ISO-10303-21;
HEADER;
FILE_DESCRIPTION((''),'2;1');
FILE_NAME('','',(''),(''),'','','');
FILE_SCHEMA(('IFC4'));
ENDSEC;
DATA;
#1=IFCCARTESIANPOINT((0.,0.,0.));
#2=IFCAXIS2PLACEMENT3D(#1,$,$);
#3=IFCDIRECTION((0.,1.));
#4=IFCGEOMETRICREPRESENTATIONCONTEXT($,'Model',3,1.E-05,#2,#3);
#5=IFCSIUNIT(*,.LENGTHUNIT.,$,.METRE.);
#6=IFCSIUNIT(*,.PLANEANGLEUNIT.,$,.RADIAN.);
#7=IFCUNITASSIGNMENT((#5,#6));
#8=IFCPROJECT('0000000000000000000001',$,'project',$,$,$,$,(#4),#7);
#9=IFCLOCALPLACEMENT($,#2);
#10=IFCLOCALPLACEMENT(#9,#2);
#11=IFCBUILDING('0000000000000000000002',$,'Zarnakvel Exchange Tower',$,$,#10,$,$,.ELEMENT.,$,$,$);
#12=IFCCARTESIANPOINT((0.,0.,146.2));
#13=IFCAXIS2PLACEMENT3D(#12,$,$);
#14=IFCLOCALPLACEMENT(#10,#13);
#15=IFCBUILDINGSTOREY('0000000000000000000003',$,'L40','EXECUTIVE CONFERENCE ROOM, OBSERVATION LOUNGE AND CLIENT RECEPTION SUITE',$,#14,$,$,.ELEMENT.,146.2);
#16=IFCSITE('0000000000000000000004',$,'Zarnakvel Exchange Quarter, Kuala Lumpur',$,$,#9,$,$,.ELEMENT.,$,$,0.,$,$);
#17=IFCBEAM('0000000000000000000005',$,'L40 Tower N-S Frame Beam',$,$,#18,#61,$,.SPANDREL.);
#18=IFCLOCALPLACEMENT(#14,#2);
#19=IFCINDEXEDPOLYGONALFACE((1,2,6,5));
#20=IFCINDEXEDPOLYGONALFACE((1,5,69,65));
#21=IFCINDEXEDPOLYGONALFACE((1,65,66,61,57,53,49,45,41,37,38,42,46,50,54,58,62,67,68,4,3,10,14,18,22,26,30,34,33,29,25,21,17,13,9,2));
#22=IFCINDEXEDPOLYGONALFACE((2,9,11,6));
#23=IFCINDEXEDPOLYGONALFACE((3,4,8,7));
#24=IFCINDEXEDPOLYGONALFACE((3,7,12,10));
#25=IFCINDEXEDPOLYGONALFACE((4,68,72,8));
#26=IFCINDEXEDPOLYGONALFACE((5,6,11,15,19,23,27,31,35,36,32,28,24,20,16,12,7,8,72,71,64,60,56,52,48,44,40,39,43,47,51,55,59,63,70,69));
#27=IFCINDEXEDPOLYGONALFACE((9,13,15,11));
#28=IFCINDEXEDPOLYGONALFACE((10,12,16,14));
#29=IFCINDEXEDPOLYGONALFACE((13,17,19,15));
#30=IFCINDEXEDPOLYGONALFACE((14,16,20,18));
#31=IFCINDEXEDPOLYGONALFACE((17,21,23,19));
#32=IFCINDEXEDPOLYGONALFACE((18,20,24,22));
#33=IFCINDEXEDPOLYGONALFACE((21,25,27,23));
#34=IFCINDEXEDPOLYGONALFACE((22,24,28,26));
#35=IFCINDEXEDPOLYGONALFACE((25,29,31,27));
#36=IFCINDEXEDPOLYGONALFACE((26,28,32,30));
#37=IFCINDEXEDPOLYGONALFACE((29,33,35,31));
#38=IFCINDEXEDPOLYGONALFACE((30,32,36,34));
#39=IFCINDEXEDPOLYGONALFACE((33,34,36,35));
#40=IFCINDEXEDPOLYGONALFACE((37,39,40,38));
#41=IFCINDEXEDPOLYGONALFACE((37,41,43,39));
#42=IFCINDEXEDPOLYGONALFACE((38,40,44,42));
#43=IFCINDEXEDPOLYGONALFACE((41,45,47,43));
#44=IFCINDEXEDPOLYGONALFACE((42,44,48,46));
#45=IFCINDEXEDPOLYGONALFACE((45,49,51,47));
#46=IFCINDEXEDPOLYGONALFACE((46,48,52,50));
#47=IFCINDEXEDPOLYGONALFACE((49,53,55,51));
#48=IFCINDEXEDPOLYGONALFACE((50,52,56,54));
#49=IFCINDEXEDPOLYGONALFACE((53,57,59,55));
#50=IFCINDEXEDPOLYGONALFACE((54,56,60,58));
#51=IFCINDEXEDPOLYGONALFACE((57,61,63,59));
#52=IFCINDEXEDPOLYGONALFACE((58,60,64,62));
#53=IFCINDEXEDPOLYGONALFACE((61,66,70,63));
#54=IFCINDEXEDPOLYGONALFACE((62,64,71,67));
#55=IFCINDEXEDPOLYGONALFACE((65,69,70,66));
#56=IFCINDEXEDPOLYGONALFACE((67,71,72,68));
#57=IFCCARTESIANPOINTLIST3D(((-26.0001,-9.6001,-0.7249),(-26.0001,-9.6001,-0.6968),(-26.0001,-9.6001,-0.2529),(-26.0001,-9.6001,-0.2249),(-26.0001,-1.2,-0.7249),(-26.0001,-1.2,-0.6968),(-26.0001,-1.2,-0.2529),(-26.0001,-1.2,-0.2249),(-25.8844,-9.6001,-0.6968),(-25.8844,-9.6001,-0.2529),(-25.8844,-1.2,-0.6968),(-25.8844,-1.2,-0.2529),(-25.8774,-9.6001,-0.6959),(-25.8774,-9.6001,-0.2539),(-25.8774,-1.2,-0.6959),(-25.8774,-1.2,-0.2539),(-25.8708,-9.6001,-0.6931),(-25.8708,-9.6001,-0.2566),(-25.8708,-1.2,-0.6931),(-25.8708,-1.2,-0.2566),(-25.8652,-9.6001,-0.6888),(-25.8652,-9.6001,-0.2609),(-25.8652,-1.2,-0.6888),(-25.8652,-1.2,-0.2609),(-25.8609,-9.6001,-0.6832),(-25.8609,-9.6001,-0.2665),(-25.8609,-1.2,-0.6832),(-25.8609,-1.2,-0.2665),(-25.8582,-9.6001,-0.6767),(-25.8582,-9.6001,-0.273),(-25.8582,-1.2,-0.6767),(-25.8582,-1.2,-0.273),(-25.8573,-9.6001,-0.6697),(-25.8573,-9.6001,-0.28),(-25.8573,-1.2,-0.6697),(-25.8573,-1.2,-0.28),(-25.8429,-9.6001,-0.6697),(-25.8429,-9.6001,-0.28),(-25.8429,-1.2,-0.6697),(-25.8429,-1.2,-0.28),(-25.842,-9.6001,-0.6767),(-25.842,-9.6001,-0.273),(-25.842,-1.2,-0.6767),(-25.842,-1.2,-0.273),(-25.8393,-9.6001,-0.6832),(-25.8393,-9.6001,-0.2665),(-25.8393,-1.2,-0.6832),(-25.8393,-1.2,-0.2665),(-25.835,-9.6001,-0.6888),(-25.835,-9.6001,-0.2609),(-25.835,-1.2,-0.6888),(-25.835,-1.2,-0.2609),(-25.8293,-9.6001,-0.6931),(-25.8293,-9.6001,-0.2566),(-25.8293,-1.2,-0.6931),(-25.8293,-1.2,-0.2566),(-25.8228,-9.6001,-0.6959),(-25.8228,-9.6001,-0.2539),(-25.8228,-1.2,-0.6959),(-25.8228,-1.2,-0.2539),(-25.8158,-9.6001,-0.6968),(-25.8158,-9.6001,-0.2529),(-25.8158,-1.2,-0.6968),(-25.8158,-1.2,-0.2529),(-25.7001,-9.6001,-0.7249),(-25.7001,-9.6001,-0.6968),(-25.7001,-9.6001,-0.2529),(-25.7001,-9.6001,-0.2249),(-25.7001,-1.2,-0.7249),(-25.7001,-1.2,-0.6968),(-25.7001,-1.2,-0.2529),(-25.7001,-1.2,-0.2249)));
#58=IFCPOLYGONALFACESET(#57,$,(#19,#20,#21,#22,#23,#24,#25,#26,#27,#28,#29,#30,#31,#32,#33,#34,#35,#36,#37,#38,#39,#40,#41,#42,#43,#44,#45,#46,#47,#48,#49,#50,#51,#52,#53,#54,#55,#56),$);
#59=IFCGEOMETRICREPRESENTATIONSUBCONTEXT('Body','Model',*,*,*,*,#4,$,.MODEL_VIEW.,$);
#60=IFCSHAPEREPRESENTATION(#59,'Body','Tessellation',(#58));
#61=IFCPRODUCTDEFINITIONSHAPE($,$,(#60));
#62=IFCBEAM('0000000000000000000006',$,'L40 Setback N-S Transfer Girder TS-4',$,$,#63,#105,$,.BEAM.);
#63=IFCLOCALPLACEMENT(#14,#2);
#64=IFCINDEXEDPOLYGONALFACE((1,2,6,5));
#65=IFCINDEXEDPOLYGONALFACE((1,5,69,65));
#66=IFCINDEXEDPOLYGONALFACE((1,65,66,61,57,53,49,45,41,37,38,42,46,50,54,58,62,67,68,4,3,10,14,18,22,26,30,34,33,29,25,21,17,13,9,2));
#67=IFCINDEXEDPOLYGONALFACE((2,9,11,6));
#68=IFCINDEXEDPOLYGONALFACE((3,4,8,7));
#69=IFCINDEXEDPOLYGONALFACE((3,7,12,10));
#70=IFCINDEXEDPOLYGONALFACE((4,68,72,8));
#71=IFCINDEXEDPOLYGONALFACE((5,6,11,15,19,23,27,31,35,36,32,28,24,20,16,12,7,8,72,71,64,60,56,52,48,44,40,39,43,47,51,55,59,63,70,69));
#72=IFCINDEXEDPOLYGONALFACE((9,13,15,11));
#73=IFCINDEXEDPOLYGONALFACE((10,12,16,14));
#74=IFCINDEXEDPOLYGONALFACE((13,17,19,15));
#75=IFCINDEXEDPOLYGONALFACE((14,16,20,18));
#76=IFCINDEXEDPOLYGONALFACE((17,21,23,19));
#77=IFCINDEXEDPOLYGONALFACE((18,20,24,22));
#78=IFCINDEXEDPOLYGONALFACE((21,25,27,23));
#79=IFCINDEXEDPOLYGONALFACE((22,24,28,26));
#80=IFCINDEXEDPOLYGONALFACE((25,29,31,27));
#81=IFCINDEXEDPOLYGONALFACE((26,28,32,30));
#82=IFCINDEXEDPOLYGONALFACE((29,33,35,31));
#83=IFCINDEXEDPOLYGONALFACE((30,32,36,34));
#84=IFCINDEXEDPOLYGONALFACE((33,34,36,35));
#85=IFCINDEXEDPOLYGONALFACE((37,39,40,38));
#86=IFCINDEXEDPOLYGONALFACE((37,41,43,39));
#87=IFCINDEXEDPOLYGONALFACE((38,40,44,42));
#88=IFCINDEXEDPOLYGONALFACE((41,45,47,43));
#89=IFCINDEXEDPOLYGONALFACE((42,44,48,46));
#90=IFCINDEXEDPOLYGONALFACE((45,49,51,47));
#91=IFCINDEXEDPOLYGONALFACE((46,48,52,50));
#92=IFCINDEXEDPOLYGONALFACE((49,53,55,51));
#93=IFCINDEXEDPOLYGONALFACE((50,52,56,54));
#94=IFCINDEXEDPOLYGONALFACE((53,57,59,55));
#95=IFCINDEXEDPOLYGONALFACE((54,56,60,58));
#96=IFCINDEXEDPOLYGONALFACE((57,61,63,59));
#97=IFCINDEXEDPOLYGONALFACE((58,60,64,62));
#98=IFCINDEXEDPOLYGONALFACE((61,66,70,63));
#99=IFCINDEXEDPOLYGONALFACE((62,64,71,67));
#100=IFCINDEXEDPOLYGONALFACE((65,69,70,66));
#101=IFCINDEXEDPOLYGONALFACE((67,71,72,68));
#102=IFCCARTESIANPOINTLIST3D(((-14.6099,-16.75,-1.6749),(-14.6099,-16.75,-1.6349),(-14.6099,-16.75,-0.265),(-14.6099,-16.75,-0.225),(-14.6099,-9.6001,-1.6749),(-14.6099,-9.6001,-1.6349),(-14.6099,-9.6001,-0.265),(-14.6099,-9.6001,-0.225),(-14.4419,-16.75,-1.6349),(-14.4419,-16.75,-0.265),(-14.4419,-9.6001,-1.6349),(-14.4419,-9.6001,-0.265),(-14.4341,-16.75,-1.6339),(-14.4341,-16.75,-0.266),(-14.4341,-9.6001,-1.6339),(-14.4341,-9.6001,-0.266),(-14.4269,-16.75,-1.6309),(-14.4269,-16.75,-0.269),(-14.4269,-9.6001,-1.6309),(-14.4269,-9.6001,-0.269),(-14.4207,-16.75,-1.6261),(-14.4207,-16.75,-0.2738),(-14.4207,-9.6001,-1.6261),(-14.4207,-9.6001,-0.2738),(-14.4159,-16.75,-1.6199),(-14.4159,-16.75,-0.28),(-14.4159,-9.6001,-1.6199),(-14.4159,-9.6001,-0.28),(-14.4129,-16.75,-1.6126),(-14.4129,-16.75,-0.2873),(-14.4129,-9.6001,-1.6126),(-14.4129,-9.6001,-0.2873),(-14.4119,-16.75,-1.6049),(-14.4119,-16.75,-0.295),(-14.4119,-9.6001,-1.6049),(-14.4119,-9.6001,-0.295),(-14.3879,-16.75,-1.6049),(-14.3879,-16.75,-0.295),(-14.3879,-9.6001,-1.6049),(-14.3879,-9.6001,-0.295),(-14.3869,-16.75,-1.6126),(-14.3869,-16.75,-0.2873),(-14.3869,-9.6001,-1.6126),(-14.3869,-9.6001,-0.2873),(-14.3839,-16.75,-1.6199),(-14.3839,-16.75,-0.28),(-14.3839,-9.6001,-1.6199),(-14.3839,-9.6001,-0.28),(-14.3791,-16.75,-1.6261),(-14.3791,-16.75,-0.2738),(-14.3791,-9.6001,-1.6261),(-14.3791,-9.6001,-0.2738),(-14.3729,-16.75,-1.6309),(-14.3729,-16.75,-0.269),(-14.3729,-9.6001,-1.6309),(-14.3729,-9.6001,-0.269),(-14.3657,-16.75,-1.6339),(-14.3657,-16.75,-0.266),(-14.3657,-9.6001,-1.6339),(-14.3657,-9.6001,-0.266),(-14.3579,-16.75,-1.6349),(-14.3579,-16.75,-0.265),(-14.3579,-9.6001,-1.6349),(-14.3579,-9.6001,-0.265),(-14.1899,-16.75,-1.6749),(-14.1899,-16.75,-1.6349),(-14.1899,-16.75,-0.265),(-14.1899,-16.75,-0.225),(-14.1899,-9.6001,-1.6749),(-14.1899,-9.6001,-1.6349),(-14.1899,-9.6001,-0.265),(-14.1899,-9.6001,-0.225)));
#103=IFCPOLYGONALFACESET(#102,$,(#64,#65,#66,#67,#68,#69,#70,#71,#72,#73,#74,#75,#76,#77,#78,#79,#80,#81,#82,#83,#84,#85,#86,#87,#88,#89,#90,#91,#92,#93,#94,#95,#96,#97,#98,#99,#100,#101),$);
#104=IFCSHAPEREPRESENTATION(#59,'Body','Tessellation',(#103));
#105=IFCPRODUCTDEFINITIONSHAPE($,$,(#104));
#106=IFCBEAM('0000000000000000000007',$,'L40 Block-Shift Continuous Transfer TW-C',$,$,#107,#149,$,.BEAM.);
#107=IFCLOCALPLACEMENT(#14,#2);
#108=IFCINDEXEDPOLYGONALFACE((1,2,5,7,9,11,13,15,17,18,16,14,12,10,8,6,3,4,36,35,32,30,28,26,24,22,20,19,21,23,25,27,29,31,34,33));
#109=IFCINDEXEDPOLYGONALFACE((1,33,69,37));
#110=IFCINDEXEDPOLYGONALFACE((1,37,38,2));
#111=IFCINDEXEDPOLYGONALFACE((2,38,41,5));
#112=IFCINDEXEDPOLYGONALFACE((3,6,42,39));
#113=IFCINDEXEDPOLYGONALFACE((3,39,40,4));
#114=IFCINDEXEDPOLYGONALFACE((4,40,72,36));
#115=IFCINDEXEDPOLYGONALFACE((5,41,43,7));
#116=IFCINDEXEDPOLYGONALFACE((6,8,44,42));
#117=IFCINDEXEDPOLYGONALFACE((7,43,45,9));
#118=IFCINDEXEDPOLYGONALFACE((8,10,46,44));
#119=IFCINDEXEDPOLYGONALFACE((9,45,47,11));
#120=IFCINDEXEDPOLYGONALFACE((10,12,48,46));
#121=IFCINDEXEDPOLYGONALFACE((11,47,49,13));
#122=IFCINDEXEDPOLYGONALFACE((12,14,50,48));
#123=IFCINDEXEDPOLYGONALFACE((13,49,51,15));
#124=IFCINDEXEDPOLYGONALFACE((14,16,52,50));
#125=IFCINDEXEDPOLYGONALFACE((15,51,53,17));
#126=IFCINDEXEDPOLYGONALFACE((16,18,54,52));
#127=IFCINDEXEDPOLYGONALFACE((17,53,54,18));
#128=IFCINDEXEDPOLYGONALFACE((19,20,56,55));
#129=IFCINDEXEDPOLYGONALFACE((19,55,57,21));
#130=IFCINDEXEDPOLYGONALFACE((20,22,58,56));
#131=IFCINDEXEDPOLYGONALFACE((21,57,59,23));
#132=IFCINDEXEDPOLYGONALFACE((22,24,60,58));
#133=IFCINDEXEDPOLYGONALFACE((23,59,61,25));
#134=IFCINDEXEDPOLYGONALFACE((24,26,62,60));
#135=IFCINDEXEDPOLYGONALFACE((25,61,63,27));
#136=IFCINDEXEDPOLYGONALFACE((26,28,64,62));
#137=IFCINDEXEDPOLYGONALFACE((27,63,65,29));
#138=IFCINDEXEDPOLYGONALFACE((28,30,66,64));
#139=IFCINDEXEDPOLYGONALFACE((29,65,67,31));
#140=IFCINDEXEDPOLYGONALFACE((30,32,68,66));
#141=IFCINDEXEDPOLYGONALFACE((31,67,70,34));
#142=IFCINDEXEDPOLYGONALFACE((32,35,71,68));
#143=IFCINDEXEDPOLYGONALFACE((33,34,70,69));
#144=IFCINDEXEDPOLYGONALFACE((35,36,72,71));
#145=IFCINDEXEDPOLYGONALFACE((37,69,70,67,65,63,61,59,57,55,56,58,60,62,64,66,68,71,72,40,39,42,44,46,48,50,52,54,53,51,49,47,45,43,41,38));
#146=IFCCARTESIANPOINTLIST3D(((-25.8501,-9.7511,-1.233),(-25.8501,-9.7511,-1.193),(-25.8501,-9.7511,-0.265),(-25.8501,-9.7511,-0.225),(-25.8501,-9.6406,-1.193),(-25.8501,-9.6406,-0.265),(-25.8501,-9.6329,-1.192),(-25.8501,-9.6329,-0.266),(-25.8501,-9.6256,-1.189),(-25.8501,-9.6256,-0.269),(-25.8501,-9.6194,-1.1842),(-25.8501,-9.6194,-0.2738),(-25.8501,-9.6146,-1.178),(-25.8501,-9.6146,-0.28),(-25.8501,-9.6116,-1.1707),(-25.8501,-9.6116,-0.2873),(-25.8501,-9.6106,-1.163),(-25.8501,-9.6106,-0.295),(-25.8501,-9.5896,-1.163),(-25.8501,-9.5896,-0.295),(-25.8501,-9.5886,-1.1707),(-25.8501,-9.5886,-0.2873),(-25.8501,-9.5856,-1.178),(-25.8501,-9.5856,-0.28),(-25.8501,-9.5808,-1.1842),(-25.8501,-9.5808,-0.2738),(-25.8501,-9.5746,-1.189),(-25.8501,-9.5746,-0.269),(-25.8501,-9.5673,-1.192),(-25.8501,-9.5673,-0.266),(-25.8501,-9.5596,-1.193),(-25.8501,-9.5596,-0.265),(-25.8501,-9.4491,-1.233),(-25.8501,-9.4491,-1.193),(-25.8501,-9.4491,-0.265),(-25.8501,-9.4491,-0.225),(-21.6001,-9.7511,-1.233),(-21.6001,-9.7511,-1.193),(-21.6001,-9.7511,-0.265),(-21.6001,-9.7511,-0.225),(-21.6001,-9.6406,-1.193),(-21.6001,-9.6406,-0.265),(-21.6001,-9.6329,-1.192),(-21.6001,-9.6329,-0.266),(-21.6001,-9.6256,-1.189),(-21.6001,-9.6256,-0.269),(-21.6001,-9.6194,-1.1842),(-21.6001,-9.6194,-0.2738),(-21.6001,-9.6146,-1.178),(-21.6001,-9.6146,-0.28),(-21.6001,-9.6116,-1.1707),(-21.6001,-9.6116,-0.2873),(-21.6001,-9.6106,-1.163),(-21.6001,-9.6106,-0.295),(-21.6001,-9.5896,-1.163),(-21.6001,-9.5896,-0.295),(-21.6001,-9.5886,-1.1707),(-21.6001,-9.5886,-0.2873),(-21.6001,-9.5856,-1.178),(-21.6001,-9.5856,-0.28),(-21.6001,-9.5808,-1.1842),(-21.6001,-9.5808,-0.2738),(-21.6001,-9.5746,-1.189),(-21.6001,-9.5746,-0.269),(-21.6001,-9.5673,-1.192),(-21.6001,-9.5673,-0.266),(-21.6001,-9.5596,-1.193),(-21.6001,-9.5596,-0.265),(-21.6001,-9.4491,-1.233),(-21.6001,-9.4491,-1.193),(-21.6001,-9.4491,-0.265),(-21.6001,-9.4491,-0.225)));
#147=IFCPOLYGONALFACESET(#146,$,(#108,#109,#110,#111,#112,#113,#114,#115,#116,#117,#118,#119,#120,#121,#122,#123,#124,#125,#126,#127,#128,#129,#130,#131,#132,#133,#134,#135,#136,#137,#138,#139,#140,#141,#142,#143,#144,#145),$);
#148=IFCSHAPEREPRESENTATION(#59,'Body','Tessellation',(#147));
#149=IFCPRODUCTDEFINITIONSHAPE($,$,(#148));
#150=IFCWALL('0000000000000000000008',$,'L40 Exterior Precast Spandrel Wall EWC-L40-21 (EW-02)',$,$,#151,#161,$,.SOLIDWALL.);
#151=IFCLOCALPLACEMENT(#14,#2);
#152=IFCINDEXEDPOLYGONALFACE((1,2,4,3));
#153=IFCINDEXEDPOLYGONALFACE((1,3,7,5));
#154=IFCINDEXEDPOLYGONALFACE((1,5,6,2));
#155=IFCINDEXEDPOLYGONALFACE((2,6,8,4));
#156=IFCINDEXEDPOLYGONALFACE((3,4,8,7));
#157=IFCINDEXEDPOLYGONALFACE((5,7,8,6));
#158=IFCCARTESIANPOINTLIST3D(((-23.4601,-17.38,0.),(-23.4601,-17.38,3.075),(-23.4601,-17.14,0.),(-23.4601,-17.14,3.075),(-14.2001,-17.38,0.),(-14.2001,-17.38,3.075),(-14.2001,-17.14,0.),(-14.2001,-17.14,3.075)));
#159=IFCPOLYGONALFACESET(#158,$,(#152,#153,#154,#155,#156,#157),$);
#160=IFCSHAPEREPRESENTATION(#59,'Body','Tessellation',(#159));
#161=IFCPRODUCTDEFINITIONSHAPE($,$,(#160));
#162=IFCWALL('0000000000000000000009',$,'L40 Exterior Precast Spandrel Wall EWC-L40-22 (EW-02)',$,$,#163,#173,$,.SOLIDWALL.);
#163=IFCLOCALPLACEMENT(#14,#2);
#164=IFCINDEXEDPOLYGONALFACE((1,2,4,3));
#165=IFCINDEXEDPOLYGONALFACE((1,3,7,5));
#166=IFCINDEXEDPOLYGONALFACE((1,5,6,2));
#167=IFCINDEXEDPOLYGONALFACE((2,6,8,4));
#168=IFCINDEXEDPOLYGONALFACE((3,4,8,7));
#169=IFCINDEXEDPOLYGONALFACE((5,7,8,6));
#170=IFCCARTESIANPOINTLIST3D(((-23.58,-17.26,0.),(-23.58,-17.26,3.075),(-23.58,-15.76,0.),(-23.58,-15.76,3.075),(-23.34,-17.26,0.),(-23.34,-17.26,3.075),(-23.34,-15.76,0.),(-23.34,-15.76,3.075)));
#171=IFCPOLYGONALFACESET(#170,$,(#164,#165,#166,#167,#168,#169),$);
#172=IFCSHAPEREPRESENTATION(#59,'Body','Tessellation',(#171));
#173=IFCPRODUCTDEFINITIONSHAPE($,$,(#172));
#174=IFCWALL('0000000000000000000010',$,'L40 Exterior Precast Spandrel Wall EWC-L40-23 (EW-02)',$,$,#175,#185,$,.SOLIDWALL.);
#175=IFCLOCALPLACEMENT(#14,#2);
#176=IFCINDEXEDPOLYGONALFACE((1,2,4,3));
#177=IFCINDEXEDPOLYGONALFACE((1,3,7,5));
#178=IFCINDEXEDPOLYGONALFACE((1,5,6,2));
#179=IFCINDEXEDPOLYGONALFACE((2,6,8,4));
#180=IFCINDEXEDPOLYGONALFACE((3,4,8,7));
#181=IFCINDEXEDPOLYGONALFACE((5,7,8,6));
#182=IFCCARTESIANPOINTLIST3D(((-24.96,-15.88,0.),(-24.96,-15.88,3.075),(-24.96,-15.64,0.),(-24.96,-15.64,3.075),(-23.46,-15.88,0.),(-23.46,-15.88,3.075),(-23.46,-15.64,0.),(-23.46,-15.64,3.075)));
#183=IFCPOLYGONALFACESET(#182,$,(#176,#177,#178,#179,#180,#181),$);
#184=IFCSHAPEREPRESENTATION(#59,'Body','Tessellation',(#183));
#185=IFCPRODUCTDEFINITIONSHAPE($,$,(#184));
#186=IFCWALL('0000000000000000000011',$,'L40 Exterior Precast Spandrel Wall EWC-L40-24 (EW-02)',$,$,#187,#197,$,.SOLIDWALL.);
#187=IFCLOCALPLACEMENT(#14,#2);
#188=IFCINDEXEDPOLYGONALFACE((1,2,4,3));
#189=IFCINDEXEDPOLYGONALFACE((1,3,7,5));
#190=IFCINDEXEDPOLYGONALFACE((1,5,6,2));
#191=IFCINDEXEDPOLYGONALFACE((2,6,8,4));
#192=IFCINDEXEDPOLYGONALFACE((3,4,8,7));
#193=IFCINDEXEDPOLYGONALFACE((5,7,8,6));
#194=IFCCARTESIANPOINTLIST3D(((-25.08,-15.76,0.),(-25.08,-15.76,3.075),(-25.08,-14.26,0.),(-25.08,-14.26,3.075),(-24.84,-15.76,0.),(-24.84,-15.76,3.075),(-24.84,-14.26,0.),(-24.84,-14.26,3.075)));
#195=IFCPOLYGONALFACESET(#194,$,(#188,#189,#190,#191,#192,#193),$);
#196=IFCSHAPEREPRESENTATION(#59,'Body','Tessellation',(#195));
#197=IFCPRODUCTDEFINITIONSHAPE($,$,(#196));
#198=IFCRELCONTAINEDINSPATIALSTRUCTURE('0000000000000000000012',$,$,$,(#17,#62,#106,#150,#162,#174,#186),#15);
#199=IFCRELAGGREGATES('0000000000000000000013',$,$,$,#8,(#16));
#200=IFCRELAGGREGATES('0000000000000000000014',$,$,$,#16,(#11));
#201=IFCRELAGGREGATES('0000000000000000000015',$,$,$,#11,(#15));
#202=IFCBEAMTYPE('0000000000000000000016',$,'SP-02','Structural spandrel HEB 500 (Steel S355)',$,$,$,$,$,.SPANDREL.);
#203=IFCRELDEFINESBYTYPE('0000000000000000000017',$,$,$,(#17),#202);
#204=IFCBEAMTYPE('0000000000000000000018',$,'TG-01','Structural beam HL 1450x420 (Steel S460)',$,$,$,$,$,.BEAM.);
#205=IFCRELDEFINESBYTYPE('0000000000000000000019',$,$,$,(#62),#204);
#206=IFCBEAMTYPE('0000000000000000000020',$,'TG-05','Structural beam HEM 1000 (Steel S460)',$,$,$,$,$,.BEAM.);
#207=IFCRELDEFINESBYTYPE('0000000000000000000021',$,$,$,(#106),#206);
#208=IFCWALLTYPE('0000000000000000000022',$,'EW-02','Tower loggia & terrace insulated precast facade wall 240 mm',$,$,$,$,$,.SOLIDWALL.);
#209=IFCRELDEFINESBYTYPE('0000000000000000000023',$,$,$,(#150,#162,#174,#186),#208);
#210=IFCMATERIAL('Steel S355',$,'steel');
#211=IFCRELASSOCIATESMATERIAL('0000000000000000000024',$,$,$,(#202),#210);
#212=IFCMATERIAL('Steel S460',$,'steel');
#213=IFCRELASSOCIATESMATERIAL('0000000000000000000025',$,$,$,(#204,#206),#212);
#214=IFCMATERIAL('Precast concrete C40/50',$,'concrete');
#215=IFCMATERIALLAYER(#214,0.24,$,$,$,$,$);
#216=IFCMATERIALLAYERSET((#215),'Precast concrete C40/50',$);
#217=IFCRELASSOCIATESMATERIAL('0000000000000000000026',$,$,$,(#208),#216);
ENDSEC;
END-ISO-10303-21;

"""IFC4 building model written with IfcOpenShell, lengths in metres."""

from ifc_helpers import new_model, si_unit, direction, frame, frame_2d, origin, origin_2d, place, context, subcontext, project, spatial, rectangle, i_section, extrude, material, layer, layer_set, material_profile, profile_set, type_object, element, save


model = new_model("IFC4")

# Units and contexts
model_context = context("Model", 3, precision=1e-05, world=origin(), true_north=direction((0.0, 1.0)))
body_context = subcontext(model_context, "Body", "Model", "MODEL_VIEW")
ifc_project = project(units=[si_unit("LENGTHUNIT", "METRE"), si_unit("PLANEANGLEUNIT", "RADIAN")], contexts=[model_context])

# Site, building, storey
site_placement = place(None, origin())
site = spatial("IfcSite", under=ifc_project, at=site_placement, Name="Zarnakvel Exchange Quarter, Kuala Lumpur", CompositionType="ELEMENT", RefElevation=0.0)
building_placement = place(site_placement, origin())
building = spatial("IfcBuilding", under=site, at=building_placement, Name="Zarnakvel Exchange Tower", CompositionType="ELEMENT")
storey_placement = place(building_placement, frame((0.0, 0.0, 146.2)))
storey = spatial("IfcBuildingStorey", under=building, at=storey_placement, Name="L40", Description="EXECUTIVE CONFERENCE ROOM, OBSERVATION LOUNGE AND CLIENT RECEPTION SUITE", CompositionType="ELEMENT", Elevation=146.2)

# Shared definitions
ifc_material_1 = material(Name="Steel S355", Category="steel")

# Beams
ifc_material_profile_1 = material_profile(ifc_material_1, i_section(OverallWidth=0.3, OverallDepth=0.5, WebThickness=0.0144, FlangeThickness=0.0281, FilletRadius=0.0271, at=origin_2d()))
ifc_profile_set_1 = profile_set([ifc_material_profile_1], Name="Steel S355")
beam_type_1 = type_object("IfcBeamType", Name="SP-02", Description="Structural spandrel HEB 500 (Steel S355)", PredefinedType="SPANDREL", material=ifc_profile_set_1)
beam_1_placement = place(storey_placement, frame((-25.8501, -9.6001, -0.4749), z_axis=(0.0, 1.0, 0.0), x_axis=(-1.0, 0.0, 0.0)))
element("IfcBeam", 1, at=beam_1_placement, inside=storey, type_object=beam_type_1, Name="L40 Tower N-S Frame Beam", PredefinedType="SPANDREL", context=body_context, shape_type="SweptSolid", body=[
    extrude(i_section(OverallWidth=0.3, OverallDepth=0.5, WebThickness=0.0144, FlangeThickness=0.0281, FilletRadius=0.0271, at=origin_2d()), origin(), (0.0, 0.0, 1.0), 8.4001),
])
ifc_material_2 = material(Name="Steel S460", Category="steel")
ifc_material_profile_2 = material_profile(ifc_material_2, i_section(OverallWidth=0.4199, OverallDepth=1.45, WebThickness=0.0239, FlangeThickness=0.04, FilletRadius=0.03, at=origin_2d()))
ifc_profile_set_2 = profile_set([ifc_material_profile_2], Name="Steel S460")
beam_type_2 = type_object("IfcBeamType", Name="TG-01", Description="Structural beam HL 1450x420 (Steel S460)", PredefinedType="BEAM", material=ifc_profile_set_2)
beam_2_placement = place(storey_placement, frame((-14.3999, -16.75, -0.95), z_axis=(0.0, 1.0, 0.0), x_axis=(-1.0, 0.0, 0.0)))
element("IfcBeam", 2, at=beam_2_placement, inside=storey, type_object=beam_type_2, Name="L40 Setback N-S Transfer Girder TS-4", PredefinedType="BEAM", context=body_context, shape_type="SweptSolid", body=[
    extrude(i_section(OverallWidth=0.4199, OverallDepth=1.45, WebThickness=0.0239, FlangeThickness=0.04, FilletRadius=0.03, at=origin_2d()), origin(), (0.0, 0.0, 1.0), 7.1499),
])
ifc_material_profile_3 = material_profile(ifc_material_2, i_section(OverallWidth=0.302, OverallDepth=1.0081, WebThickness=0.021, FlangeThickness=0.04, FilletRadius=0.03, at=origin_2d()))
ifc_profile_set_3 = profile_set([ifc_material_profile_3], Name="Steel S460")
beam_type_3 = type_object("IfcBeamType", Name="TG-05", Description="Structural beam HEM 1000 (Steel S460)", PredefinedType="BEAM", material=ifc_profile_set_3)
beam_3_placement = place(storey_placement, frame((-25.8501, -9.6001, -0.729), z_axis=(1.0, 0.0, 0.0), x_axis=(0.0, 1.0, 0.0)))
element("IfcBeam", 3, at=beam_3_placement, inside=storey, type_object=beam_type_3, Name="L40 Block-Shift Continuous Transfer TW-C", PredefinedType="BEAM", context=body_context, shape_type="SweptSolid", body=[
    extrude(i_section(OverallWidth=0.302, OverallDepth=1.0081, WebThickness=0.021, FlangeThickness=0.04, FilletRadius=0.03, at=origin_2d()), origin(), (0.0, 0.0, 1.0), 4.25),
])

# Walls
ifc_material_3 = material(Name="Precast concrete C40/50", Category="concrete")
ifc_layer_1 = layer(ifc_material_3, 0.24)
ifc_layer_set_1 = layer_set([ifc_layer_1], Name="Precast concrete C40/50")
wall_type_1 = type_object("IfcWallType", Name="EW-02", Description="Tower loggia & terrace insulated precast facade wall 240 mm", PredefinedType="SOLIDWALL", material=ifc_layer_set_1)
wall_1_placement = place(storey_placement, frame((-23.46, -17.26, 0.0), z_axis=(0.0, 0.0, 1.0), x_axis=(1.0, 0.0, 0.0)))
element("IfcWall", 4, at=wall_1_placement, inside=storey, type_object=wall_type_1, Name="L40 Exterior Precast Spandrel Wall EWC-L40-21 (EW-02)", PredefinedType="SOLIDWALL", context=body_context, shape_type="SweptSolid", body=[
    extrude(rectangle(XDim=9.26, YDim=0.24, at=frame_2d((4.6299, 0.0))), origin(), (0.0, 0.0, 1.0), 3.075),
])
for number, where, z_axis, x_axis, name in (
    (5, (-23.46, -15.76, 0.0), (0.0, 0.0, 1.0), (0.0, -1.0, 0.0), "L40 Exterior Precast Spandrel Wall EWC-L40-22 (EW-02)"),
    (6, (-24.96, -15.76, 0.0), (0.0, 0.0, 1.0), (1.0, 0.0, 0.0), "L40 Exterior Precast Spandrel Wall EWC-L40-23 (EW-02)"),
    (7, (-24.96, -14.26, 0.0), (0.0, 0.0, 1.0), (0.0, -1.0, 0.0), "L40 Exterior Precast Spandrel Wall EWC-L40-24 (EW-02)"),
):
    element("IfcWall", number, at=place(storey_placement, frame(where, z_axis=z_axis, x_axis=x_axis)), inside=storey, type_object=wall_type_1, Name=name, PredefinedType="SOLIDWALL", context=body_context, shape_type="SweptSolid", body=[
        extrude(rectangle(XDim=1.5, YDim=0.24, at=frame_2d((0.75, 0.0))), origin(), (0.0, 0.0, 1.0), 3.075),
    ])

save(model, "model.ifc")
